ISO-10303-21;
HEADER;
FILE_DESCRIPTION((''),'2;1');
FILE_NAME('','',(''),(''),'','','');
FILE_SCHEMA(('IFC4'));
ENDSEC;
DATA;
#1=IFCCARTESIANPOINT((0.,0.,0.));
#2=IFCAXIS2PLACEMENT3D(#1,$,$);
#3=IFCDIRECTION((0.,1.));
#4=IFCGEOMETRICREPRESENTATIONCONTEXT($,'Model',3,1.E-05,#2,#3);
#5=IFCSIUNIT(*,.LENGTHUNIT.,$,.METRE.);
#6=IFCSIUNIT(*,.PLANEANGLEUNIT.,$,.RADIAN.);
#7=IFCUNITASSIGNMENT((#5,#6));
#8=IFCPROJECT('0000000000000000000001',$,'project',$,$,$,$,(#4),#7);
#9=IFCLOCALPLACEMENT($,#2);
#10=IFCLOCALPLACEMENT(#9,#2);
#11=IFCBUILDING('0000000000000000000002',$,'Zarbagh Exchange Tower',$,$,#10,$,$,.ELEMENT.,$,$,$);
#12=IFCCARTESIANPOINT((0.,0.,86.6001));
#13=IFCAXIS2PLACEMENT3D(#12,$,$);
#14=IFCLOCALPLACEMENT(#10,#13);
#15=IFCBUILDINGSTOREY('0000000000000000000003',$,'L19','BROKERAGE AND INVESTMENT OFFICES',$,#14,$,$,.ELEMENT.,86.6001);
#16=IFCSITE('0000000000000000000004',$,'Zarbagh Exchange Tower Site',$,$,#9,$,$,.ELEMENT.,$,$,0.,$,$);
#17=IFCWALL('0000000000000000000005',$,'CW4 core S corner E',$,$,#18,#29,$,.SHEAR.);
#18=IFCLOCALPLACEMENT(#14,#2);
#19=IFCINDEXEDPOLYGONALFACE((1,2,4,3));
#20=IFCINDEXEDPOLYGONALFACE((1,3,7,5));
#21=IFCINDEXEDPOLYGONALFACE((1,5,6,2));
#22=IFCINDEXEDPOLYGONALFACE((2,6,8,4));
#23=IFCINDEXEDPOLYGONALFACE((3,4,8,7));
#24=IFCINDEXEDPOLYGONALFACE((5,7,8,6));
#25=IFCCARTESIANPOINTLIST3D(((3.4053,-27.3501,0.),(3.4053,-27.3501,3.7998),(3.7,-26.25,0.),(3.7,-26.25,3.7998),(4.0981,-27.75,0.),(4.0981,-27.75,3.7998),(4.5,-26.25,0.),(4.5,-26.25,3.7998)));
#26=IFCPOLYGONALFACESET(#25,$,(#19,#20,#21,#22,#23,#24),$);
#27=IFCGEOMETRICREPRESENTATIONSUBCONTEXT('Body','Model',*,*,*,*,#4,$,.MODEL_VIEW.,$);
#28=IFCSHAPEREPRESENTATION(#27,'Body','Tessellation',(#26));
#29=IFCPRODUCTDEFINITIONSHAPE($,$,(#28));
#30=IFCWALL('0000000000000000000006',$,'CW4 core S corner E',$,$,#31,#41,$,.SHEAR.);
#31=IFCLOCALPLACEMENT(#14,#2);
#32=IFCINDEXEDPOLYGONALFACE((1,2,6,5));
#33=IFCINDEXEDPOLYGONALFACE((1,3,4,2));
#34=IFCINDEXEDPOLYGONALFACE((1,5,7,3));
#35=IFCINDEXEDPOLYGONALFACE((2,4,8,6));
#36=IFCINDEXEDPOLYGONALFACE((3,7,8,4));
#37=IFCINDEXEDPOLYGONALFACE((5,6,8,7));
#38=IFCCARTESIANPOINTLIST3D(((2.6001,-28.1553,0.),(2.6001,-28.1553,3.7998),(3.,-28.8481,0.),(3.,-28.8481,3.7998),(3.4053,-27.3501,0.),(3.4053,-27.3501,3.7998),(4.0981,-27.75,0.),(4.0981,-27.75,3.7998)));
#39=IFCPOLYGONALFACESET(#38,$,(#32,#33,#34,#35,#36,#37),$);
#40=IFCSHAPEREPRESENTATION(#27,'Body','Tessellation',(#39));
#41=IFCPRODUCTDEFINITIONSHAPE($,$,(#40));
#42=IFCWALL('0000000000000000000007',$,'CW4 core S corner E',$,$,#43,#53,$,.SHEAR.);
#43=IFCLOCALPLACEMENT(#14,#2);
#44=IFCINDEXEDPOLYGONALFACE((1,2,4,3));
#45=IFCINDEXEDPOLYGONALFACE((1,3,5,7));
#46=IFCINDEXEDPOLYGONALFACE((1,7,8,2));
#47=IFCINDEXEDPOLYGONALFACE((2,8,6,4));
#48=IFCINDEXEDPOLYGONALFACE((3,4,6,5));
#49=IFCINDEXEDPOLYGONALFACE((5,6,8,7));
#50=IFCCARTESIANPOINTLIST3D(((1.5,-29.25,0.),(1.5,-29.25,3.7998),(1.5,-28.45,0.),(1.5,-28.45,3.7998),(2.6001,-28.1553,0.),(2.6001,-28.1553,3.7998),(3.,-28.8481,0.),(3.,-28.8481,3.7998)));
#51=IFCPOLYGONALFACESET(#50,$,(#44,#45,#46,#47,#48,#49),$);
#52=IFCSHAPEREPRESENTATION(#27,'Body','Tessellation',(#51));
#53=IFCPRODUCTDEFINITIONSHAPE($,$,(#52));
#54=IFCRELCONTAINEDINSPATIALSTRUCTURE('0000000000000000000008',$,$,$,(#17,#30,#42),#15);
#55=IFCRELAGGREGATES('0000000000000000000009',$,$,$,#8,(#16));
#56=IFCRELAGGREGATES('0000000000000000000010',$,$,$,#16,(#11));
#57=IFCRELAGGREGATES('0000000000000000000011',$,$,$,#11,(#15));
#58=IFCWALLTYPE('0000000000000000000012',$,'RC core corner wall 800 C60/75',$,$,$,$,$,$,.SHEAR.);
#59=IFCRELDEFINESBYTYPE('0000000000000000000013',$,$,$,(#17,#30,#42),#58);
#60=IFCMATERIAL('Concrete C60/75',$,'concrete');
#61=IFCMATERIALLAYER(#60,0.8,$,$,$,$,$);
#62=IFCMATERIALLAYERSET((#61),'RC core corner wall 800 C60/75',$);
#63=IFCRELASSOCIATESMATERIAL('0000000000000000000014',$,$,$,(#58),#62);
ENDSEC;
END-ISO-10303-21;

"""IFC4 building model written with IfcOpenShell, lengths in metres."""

from ifc_helpers import new_model, si_unit, direction, frame, origin, place, context, subcontext, project, spatial, polyline, outline, extrude, material, layer, layer_set, type_object, element, save


model = new_model("IFC4")

# Units and contexts
model_context = context("Model", 3, precision=1e-05, world=origin(), true_north=direction((0.0, 1.0)))
body_context = subcontext(model_context, "Body", "Model", "MODEL_VIEW")
ifc_project = project(units=[si_unit("LENGTHUNIT", "METRE"), si_unit("PLANEANGLEUNIT", "RADIAN")], contexts=[model_context])

# Site, building, storey
site_placement = place(None, origin())
site = spatial("IfcSite", under=ifc_project, at=site_placement, Name="Zarbagh Exchange Tower Site", CompositionType="ELEMENT", RefElevation=0.0)
building_placement = place(site_placement, origin())
building = spatial("IfcBuilding", under=site, at=building_placement, Name="Zarbagh Exchange Tower", CompositionType="ELEMENT")
storey_placement = place(building_placement, frame((0.0, 0.0, 86.6001)))
storey = spatial("IfcBuildingStorey", under=building, at=storey_placement, Name="L19", Description="BROKERAGE AND INVESTMENT OFFICES", CompositionType="ELEMENT", Elevation=86.6001)

# Walls
ifc_material_1 = material(Name="Concrete C60/75", Category="concrete")
ifc_layer_1 = layer(ifc_material_1, 0.8)
ifc_layer_set_1 = layer_set([ifc_layer_1], Name="RC core corner wall 800 C60/75")
wall_type = type_object("IfcWallType", Name="RC core corner wall 800 C60/75", PredefinedType="SHEAR", material=ifc_layer_set_1)
wall_1_placement = place(storey_placement, origin())
element("IfcWall", 1, at=wall_1_placement, inside=storey, type_object=wall_type, Name="CW4 core S corner E", PredefinedType="SHEAR", context=body_context, shape_type="SweptSolid", body=[
    extrude(outline(polyline([(4.5, -26.25), (4.0981, -27.75), (3.4053, -27.3501), (3.7, -26.25), (4.5, -26.25)])), origin(), (0.0, 0.0, 1.0), 3.7998),
])
wall_2_placement = place(storey_placement, origin())
element("IfcWall", 2, at=wall_2_placement, inside=storey, type_object=wall_type, Name="CW4 core S corner E", PredefinedType="SHEAR", context=body_context, shape_type="SweptSolid", body=[
    extrude(outline(polyline([(4.0981, -27.75), (3.0, -28.8481), (2.6001, -28.1553), (3.4053, -27.3501), (4.0981, -27.75)])), origin(), (0.0, 0.0, 1.0), 3.7998),
])
wall_3_placement = place(storey_placement, origin())
element("IfcWall", 3, at=wall_3_placement, inside=storey, type_object=wall_type, Name="CW4 core S corner E", PredefinedType="SHEAR", context=body_context, shape_type="SweptSolid", body=[
    extrude(outline(polyline([(3.0, -28.8481), (1.5, -29.25), (1.5, -28.45), (2.6001, -28.1553), (3.0, -28.8481)])), origin(), (0.0, 0.0, 1.0), 3.7998),
])

save(model, "model.ifc")
